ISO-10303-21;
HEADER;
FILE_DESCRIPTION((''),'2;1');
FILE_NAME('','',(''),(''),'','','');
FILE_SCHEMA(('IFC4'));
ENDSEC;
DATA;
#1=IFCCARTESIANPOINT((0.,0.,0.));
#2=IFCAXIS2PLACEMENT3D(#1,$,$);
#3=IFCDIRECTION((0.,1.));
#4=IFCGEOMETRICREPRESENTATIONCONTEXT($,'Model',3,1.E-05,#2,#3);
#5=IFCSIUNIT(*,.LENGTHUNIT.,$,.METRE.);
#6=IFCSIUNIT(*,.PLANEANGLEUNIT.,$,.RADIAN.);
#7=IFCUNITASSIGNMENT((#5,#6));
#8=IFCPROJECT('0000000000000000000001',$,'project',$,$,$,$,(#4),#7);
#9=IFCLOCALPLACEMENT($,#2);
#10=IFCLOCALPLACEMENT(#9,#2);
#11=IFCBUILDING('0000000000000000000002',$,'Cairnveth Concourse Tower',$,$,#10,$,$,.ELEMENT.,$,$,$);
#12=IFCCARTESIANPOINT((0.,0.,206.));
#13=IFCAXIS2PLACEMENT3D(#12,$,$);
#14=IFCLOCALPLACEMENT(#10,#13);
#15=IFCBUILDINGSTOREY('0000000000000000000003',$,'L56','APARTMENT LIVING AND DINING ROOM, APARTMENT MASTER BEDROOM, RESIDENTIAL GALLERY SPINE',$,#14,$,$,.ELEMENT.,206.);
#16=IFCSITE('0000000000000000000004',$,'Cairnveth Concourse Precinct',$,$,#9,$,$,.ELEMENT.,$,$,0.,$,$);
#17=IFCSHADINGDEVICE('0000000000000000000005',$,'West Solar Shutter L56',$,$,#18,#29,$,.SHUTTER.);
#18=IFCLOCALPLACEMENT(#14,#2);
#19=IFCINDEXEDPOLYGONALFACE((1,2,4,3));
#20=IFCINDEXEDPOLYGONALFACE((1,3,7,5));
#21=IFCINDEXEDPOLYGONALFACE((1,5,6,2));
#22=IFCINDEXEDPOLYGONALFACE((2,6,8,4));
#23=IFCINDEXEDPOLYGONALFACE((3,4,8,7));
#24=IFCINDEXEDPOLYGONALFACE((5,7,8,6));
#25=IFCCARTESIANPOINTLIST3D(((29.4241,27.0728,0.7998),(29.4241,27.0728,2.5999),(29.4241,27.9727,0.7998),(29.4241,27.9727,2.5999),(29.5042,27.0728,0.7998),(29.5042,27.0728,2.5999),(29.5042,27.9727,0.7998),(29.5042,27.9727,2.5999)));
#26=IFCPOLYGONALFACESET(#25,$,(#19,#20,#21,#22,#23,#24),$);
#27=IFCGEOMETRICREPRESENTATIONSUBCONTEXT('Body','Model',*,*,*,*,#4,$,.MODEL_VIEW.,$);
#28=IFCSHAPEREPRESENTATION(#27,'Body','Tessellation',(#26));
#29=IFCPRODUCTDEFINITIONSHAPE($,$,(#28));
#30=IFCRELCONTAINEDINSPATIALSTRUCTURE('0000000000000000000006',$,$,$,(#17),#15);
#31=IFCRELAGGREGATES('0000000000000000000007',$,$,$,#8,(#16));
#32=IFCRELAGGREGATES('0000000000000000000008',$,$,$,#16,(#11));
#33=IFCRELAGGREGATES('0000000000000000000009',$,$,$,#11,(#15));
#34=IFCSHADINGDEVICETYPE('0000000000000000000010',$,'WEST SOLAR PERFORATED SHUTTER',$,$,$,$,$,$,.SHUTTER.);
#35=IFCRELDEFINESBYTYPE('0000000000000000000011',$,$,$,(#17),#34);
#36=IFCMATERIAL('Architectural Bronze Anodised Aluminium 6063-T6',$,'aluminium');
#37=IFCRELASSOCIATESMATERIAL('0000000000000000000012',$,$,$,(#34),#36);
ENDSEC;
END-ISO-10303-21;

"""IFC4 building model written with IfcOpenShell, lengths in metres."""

from ifc_helpers import new_model, si_unit, direction, frame, origin, origin_2d, place, context, subcontext, project, spatial, rectangle, extrude, material, type_object, element, save


model = new_model("IFC4")

# Units and contexts
model_context = context("Model", 3, precision=1e-05, world=origin(), true_north=direction((0.0, 1.0)))
body_context = subcontext(model_context, "Body", "Model", "MODEL_VIEW")
ifc_project = project(units=[si_unit("LENGTHUNIT", "METRE"), si_unit("PLANEANGLEUNIT", "RADIAN")], contexts=[model_context])

# Site, building, storey
site_placement = place(None, origin())
site = spatial("IfcSite", under=ifc_project, at=site_placement, Name="Cairnveth Concourse Precinct", CompositionType="ELEMENT", RefElevation=0.0)
building_placement = place(site_placement, origin())
building = spatial("IfcBuilding", under=site, at=building_placement, Name="Cairnveth Concourse Tower", CompositionType="ELEMENT")
storey_placement = place(building_placement, frame((0.0, 0.0, 206.0)))
storey = spatial("IfcBuildingStorey", under=building, at=storey_placement, Name="L56", Description="APARTMENT LIVING AND DINING ROOM, APARTMENT MASTER BEDROOM, RESIDENTIAL GALLERY SPINE", CompositionType="ELEMENT", Elevation=206.0)

# Shared definitions
ifc_material_1 = material(Name="Architectural Bronze Anodised Aluminium 6063-T6", Category="aluminium")

# Shading device
shading_device_type_1 = type_object("IfcShadingDeviceType", Name="WEST SOLAR PERFORATED SHUTTER", PredefinedType="SHUTTER", material=ifc_material_1)
shading_device_1_placement = place(storey_placement, frame((29.4641, 27.5227, 0.7998), z_axis=(0.0, 0.0, 1.0), x_axis=(1.0, 0.0, 0.0)))
element("IfcShadingDevice", 1, at=shading_device_1_placement, inside=storey, type_object=shading_device_type_1, Name="West Solar Shutter L56", PredefinedType="SHUTTER", context=body_context, shape_type="SweptSolid", body=[
    extrude(rectangle(XDim=0.0801, YDim=0.8999, at=origin_2d()), origin(), (0.0, 0.0, 1.0), 1.8),
])

save(model, "model.ifc")
